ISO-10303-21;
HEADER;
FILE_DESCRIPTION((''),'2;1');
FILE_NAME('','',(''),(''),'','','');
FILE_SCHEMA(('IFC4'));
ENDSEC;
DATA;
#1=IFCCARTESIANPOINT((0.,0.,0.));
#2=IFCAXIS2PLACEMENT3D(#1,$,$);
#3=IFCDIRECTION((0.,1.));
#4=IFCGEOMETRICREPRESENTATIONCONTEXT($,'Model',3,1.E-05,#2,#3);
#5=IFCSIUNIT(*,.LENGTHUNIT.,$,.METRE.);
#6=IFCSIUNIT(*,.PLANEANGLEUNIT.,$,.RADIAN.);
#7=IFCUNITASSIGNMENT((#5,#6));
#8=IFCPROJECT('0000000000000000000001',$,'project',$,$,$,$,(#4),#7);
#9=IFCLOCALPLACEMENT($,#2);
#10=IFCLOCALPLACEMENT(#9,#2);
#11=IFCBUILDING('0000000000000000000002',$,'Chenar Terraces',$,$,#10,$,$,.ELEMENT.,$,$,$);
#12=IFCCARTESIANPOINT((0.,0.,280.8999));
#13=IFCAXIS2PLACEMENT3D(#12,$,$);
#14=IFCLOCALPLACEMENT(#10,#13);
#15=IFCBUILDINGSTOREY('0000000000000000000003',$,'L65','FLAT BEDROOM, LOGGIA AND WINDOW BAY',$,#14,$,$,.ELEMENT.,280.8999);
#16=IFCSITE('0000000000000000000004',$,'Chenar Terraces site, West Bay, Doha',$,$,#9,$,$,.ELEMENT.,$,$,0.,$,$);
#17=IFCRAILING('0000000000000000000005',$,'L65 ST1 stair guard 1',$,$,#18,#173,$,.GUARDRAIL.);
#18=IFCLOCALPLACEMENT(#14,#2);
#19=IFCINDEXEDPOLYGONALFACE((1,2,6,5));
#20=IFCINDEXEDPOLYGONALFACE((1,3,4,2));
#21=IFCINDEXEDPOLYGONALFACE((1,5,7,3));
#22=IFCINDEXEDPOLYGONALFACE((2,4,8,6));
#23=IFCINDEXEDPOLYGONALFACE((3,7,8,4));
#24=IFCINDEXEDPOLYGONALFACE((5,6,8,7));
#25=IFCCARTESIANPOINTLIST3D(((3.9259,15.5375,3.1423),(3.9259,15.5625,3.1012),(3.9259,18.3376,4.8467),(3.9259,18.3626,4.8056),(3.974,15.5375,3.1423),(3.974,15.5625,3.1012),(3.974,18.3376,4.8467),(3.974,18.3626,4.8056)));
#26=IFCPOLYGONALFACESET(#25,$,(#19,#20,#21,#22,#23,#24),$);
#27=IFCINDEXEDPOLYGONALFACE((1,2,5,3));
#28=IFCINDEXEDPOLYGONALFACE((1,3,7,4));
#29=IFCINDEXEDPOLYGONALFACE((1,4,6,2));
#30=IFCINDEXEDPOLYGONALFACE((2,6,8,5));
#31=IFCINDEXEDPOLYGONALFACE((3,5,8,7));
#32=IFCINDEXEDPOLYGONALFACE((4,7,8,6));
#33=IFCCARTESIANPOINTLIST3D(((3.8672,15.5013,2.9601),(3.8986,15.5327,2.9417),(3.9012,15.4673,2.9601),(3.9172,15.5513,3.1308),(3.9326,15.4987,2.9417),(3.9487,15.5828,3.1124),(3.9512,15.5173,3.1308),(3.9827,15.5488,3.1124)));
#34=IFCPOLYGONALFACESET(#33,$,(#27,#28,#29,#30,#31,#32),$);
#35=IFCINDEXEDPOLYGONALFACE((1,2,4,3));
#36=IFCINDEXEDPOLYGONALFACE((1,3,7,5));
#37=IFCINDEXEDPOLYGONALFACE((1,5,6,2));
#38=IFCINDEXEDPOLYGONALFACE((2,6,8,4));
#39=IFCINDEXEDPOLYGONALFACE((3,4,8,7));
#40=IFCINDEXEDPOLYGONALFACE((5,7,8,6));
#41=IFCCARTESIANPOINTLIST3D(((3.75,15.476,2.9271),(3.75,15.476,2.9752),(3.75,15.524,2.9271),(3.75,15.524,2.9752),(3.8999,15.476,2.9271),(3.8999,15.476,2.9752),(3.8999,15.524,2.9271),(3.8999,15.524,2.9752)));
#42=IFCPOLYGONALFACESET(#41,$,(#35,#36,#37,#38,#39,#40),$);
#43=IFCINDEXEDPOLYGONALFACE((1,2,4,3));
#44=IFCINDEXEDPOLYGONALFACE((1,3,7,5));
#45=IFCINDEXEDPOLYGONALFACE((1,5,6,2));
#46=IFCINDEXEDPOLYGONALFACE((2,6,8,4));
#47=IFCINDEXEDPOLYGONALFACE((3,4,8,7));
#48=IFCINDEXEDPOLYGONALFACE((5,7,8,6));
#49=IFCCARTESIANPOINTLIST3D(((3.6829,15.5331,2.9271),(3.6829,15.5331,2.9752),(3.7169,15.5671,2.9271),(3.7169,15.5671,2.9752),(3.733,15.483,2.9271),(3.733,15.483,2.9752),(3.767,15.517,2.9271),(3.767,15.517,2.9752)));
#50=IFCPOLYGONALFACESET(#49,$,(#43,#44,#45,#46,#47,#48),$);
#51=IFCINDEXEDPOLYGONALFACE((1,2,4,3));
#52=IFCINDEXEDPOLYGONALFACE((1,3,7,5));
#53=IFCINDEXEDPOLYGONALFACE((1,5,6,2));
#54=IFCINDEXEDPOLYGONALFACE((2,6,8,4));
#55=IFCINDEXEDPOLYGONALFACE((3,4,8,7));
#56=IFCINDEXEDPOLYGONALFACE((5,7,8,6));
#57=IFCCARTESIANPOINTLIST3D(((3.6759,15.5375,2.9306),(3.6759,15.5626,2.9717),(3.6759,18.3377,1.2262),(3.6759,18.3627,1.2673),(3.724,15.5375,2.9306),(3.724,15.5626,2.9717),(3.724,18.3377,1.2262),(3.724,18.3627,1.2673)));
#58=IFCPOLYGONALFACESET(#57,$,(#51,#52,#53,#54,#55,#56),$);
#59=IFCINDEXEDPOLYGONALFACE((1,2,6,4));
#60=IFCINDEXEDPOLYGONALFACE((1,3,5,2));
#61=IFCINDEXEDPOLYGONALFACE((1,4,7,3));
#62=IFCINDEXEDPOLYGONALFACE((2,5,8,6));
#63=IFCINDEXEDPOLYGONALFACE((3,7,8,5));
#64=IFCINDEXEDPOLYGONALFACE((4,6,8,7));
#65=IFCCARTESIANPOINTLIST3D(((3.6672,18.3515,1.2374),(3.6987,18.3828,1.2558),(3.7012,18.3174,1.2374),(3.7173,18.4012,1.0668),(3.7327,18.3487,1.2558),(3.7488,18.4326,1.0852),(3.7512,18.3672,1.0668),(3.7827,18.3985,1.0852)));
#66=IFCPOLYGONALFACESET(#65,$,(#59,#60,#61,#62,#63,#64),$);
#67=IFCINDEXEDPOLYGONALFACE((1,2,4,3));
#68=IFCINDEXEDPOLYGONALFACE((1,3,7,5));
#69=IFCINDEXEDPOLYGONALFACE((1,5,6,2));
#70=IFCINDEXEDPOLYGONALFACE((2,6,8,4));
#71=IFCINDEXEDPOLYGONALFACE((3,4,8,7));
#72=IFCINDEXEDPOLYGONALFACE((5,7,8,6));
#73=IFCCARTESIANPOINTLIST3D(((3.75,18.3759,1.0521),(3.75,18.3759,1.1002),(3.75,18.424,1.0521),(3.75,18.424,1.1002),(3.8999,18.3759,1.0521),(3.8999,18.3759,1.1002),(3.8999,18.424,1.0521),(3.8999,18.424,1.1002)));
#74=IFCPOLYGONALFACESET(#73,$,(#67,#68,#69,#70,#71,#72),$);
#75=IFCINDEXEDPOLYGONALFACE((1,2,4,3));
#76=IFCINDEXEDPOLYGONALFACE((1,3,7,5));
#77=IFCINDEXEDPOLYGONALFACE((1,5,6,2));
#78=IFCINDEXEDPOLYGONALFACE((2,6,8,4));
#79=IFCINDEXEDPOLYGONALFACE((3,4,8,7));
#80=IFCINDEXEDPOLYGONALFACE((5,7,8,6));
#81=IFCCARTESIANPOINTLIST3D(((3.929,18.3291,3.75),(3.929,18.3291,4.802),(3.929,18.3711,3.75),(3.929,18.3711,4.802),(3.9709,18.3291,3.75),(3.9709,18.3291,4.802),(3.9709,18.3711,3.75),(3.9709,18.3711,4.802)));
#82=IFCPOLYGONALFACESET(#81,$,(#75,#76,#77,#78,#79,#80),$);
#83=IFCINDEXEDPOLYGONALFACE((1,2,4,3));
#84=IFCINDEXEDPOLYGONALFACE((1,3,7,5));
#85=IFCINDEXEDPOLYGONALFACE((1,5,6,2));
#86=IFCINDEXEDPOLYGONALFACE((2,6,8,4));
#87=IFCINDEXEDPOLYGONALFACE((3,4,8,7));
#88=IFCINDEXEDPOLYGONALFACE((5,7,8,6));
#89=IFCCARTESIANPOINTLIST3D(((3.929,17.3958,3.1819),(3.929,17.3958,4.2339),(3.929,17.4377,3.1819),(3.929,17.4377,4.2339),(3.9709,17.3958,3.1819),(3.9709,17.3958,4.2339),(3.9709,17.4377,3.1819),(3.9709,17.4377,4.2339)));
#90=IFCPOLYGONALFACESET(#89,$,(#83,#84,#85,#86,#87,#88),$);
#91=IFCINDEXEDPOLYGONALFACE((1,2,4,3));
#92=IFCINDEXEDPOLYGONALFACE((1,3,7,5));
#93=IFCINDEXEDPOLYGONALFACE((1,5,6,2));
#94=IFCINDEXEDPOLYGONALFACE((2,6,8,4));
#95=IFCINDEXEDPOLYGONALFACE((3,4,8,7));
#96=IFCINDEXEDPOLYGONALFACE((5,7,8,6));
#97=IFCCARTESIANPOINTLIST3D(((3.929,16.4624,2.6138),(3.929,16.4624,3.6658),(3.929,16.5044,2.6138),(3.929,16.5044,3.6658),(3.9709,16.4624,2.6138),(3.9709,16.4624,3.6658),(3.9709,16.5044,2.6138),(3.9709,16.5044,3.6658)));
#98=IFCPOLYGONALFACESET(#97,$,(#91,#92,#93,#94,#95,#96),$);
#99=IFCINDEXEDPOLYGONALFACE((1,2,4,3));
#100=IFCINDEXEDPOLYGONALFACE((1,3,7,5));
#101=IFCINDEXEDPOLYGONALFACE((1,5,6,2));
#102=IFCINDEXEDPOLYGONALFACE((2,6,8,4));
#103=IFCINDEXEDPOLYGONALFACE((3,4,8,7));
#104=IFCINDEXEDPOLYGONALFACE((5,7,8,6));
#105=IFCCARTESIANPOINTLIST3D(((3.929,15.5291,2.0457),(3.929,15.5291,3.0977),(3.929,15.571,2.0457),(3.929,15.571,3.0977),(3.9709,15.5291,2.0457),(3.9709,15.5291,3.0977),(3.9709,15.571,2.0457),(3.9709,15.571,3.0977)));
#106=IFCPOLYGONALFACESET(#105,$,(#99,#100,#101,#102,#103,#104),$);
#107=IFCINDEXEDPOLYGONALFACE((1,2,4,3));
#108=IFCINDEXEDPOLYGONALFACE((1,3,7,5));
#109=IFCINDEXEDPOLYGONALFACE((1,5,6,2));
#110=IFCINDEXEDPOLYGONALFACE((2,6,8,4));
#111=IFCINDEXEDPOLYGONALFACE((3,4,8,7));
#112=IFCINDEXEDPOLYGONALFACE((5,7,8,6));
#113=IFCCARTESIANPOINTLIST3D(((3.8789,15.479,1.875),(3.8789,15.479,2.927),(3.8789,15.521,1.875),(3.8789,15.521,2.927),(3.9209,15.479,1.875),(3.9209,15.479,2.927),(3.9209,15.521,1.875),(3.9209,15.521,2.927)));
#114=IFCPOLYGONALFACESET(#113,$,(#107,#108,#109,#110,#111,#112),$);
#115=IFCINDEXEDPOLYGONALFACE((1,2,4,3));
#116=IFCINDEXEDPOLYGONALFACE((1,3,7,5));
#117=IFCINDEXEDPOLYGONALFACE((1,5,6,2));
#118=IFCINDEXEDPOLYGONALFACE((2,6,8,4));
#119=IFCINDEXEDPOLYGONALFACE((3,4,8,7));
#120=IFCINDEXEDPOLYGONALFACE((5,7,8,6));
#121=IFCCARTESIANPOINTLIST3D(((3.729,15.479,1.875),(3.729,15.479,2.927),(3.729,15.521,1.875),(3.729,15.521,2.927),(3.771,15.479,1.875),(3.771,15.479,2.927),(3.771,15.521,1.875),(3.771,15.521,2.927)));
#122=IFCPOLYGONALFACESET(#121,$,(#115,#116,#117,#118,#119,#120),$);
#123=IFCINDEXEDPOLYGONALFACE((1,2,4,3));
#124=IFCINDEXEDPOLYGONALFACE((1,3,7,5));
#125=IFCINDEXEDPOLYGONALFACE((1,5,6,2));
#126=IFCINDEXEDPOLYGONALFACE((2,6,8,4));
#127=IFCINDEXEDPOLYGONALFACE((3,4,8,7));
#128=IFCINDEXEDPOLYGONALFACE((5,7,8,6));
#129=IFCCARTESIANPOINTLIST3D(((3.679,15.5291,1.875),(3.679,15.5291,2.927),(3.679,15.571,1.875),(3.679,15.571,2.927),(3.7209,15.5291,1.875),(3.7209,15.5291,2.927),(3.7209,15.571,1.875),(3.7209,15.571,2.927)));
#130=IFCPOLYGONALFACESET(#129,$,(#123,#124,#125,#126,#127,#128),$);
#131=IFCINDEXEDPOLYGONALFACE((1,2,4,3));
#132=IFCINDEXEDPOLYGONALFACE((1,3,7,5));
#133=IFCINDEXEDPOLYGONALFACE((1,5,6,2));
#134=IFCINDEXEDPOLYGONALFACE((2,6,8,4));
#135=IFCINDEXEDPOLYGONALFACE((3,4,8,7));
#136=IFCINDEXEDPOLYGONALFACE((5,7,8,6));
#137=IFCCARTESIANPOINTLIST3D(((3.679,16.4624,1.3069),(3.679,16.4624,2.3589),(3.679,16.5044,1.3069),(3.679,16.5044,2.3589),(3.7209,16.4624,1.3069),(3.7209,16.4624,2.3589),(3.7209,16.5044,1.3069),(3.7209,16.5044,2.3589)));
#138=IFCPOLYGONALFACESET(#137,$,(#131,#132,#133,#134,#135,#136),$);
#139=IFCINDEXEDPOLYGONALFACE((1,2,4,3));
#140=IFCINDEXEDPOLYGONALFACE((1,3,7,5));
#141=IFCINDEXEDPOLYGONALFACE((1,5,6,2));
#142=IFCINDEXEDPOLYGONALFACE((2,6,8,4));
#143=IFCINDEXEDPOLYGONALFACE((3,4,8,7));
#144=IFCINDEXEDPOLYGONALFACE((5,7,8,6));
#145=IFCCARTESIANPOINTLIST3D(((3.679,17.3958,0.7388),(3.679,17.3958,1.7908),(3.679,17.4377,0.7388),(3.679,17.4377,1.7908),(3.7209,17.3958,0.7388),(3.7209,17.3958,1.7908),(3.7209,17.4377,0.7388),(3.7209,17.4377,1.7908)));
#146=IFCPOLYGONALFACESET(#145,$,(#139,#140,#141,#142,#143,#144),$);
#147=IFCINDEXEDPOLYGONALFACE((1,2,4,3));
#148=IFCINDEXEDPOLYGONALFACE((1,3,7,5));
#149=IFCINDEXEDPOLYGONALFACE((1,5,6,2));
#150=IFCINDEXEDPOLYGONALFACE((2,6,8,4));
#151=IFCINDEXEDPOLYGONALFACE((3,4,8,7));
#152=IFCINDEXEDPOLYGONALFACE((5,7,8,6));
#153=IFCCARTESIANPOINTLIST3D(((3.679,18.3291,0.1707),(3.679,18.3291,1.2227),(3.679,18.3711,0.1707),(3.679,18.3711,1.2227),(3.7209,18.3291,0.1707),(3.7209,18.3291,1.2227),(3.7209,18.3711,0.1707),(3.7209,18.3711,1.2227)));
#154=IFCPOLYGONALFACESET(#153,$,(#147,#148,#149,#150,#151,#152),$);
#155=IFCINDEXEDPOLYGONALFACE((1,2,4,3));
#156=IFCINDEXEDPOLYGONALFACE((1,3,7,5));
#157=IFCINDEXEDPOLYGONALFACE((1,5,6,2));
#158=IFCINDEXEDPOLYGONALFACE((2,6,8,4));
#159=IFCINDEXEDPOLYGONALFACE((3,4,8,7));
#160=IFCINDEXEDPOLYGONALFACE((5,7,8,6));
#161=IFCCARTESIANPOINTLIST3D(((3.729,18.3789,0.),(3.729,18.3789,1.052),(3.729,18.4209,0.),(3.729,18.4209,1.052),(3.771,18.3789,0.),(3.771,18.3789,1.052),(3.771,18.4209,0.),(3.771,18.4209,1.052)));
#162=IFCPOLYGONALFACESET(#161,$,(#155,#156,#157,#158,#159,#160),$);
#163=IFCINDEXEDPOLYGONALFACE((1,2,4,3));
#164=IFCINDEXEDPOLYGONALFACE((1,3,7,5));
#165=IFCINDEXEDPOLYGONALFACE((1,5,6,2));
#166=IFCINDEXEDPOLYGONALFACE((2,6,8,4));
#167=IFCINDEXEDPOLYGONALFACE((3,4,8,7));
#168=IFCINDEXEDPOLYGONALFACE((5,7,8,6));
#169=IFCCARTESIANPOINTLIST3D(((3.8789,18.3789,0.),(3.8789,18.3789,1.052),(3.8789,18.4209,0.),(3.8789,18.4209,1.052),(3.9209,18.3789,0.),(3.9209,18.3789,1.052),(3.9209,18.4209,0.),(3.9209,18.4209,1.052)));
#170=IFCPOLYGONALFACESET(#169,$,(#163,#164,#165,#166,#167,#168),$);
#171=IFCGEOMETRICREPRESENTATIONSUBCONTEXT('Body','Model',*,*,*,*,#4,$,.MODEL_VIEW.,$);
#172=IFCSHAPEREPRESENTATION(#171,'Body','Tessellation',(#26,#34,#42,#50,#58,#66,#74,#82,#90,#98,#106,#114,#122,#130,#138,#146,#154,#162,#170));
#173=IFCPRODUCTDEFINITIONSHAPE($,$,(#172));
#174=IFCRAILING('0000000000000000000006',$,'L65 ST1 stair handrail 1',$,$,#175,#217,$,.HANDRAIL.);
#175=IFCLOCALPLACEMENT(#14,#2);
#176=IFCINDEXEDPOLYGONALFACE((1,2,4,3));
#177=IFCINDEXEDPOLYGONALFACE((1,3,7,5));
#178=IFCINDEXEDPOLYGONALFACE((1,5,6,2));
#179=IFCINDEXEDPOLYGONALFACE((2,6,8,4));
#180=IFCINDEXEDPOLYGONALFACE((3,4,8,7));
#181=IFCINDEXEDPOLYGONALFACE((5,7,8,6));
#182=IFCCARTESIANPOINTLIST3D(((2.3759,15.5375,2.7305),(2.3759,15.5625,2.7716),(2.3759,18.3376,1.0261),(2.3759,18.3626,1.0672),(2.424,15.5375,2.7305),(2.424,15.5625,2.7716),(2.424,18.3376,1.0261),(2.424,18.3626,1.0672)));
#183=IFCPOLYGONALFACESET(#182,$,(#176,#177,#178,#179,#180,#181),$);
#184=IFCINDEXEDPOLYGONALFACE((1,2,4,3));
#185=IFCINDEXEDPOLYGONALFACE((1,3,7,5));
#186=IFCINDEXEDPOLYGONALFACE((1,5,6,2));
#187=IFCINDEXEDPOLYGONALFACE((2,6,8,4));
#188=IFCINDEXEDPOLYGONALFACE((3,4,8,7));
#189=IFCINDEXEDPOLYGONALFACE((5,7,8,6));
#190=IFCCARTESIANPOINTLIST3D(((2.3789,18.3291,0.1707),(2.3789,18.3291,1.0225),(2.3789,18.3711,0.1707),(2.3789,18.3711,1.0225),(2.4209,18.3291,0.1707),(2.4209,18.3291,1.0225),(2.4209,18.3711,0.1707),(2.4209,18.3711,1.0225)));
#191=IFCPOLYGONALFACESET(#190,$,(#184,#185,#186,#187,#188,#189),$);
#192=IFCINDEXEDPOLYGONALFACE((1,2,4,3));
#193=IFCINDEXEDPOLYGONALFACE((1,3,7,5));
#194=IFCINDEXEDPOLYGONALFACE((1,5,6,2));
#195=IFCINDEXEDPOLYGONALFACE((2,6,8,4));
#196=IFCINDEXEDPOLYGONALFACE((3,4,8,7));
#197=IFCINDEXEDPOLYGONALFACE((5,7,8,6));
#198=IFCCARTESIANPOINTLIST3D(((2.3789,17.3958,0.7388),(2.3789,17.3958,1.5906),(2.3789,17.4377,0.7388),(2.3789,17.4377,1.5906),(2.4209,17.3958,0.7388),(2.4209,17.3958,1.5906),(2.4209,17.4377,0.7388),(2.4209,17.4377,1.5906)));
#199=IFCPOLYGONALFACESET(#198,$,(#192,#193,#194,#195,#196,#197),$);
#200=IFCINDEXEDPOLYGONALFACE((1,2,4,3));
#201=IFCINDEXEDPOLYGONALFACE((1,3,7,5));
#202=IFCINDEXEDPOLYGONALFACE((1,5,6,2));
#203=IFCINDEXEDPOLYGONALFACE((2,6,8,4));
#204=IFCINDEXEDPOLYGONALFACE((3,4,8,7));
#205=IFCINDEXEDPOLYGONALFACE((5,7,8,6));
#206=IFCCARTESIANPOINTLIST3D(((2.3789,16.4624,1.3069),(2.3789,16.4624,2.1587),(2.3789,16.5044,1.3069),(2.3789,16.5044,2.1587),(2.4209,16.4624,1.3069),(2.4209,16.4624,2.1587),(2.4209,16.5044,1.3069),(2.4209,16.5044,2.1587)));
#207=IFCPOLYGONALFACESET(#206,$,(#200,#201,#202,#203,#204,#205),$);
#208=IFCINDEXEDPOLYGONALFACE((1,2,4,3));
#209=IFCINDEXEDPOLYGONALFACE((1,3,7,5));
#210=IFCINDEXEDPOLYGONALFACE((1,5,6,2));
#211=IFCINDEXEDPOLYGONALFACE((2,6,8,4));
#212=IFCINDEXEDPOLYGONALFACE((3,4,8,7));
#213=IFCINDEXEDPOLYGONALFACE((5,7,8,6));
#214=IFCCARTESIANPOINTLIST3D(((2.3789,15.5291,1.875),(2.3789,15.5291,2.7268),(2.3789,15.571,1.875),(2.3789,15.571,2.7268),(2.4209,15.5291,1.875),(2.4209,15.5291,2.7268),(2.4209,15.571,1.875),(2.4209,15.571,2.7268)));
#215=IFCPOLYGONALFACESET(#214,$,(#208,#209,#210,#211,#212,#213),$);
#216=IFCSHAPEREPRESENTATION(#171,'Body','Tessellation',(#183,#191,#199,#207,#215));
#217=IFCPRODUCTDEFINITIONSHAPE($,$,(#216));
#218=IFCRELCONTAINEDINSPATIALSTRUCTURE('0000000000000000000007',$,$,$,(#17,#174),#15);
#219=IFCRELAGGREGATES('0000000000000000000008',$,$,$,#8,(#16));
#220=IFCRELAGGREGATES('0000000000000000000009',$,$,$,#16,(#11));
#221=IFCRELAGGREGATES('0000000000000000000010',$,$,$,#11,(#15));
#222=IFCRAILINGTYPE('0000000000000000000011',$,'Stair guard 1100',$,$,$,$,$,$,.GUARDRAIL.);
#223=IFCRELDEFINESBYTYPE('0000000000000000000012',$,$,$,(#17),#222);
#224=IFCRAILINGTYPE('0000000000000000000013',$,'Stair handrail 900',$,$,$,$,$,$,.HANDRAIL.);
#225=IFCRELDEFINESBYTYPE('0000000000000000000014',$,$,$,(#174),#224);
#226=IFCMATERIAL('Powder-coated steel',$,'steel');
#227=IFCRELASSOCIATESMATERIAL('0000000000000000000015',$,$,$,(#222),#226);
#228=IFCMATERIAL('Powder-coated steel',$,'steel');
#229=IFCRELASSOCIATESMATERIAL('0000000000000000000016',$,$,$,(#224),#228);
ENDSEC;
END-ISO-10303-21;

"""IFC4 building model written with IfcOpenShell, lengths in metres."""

from ifc_helpers import new_model, si_unit, direction, frame, origin, origin_2d, place, context, subcontext, project, spatial, rectangle, extrude, material, type_object, element, save


model = new_model("IFC4")

# Units and contexts
model_context = context("Model", 3, precision=1e-05, world=origin(), true_north=direction((0.0, 1.0)))
body_context = subcontext(model_context, "Body", "Model", "MODEL_VIEW")
ifc_project = project(units=[si_unit("LENGTHUNIT", "METRE"), si_unit("PLANEANGLEUNIT", "RADIAN")], contexts=[model_context])

# Site, building, storey
site_placement = place(None, origin())
site = spatial("IfcSite", under=ifc_project, at=site_placement, Name="Chenar Terraces site, West Bay, Doha", CompositionType="ELEMENT", RefElevation=0.0)
building_placement = place(site_placement, origin())
building = spatial("IfcBuilding", under=site, at=building_placement, Name="Chenar Terraces", CompositionType="ELEMENT")
storey_placement = place(building_placement, frame((0.0, 0.0, 280.8999)))
storey = spatial("IfcBuildingStorey", under=building, at=storey_placement, Name="L65", Description="FLAT BEDROOM, LOGGIA AND WINDOW BAY", CompositionType="ELEMENT", Elevation=280.8999)

# Railings
ifc_material_1 = material(Name="Powder-coated steel", Category="steel")
railing_type_1 = type_object("IfcRailingType", Name="Stair guard 1100", PredefinedType="GUARDRAIL", material=ifc_material_1)
railing_1_placement = place(storey_placement, frame((3.95, 18.3501, 3.75)))
element("IfcRailing", 1, at=railing_1_placement, inside=storey, type_object=railing_type_1, Name="L65 ST1 stair guard 1", PredefinedType="GUARDRAIL", context=body_context, shape_type="SweptSolid", body=[
    extrude(rectangle(XDim=0.0481, YDim=0.0481, at=origin_2d()), frame((0.0, 0.0, 1.0762), z_axis=(0.0, -0.854203, -0.51994), x_axis=(1.0, 0.0, 0.0)), (0.0, 0.0, 1.0), 3.2781),
    extrude(rectangle(XDim=0.0481, YDim=0.0481, at=origin_2d()), frame((0.0, -2.8, -0.6284), z_axis=(-0.2709, -0.2709, -0.923703), x_axis=(0.707107, -0.707107, 0.0)), (0.0, 0.0, 1.0), 0.1848),
    extrude(rectangle(XDim=0.0481, YDim=0.0481, at=origin_2d()), frame((-0.05, -2.8501, -0.7988), z_axis=(-1.0, 0.0, 0.0), x_axis=(0.0, -1.0, 0.0)), (0.0, 0.0, 1.0), 0.1499),
    extrude(rectangle(XDim=0.0481, YDim=0.0481, at=origin_2d()), frame((-0.2, -2.8501, -0.7988), z_axis=(-0.707107, 0.707107, 0.0), x_axis=(-0.707107, -0.707107, 0.0)), (0.0, 0.0, 1.0), 0.0708),
    extrude(rectangle(XDim=0.0481, YDim=0.0481, at=origin_2d()), frame((-0.25, -2.8, -0.7988), z_axis=(0.0, 0.854203, -0.51994), x_axis=(-1.0, 0.0, 0.0)), (0.0, 0.0, 1.0), 3.2781),
    extrude(rectangle(XDim=0.0481, YDim=0.0481, at=origin_2d()), frame((-0.25, 0.0, -2.5034), z_axis=(0.270997, 0.269675, -0.924033), x_axis=(-0.705376, 0.708834, 0.0)), (0.0, 0.0, 1.0), 0.1846),
    extrude(rectangle(XDim=0.0481, YDim=0.0481, at=origin_2d()), frame((-0.2, 0.0498, -2.6738), z_axis=(1.0, 0.0, 0.0), x_axis=(0.0, 1.0, 0.0)), (0.0, 0.0, 1.0), 0.1499),
    extrude(rectangle(XDim=0.042, YDim=0.042, at=origin_2d()), origin(), (0.0, 0.0, 1.0), 1.052),
    extrude(rectangle(XDim=0.042, YDim=0.042, at=origin_2d()), frame((0.0, -0.9333, -0.5681)), (0.0, 0.0, 1.0), 1.052),
    extrude(rectangle(XDim=0.042, YDim=0.042, at=origin_2d()), frame((0.0, -1.8667, -1.1362)), (0.0, 0.0, 1.0), 1.052),
    extrude(rectangle(XDim=0.042, YDim=0.042, at=origin_2d()), frame((0.0, -2.8, -1.7043)), (0.0, 0.0, 1.0), 1.052),
    extrude(rectangle(XDim=0.042, YDim=0.042, at=origin_2d()), frame((-0.05, -2.8501, -1.875)), (0.0, 0.0, 1.0), 1.052),
    extrude(rectangle(XDim=0.042, YDim=0.042, at=origin_2d()), frame((-0.2, -2.8501, -1.875)), (0.0, 0.0, 1.0), 1.052),
    extrude(rectangle(XDim=0.042, YDim=0.042, at=origin_2d()), frame((-0.25, -2.8, -1.875)), (0.0, 0.0, 1.0), 1.052),
    extrude(rectangle(XDim=0.042, YDim=0.042, at=origin_2d()), frame((-0.25, -1.8667, -2.4431)), (0.0, 0.0, 1.0), 1.052),
    extrude(rectangle(XDim=0.042, YDim=0.042, at=origin_2d()), frame((-0.25, -0.9333, -3.0112)), (0.0, 0.0, 1.0), 1.052),
    extrude(rectangle(XDim=0.042, YDim=0.042, at=origin_2d()), frame((-0.25, 0.0, -3.5793)), (0.0, 0.0, 1.0), 1.052),
    extrude(rectangle(XDim=0.042, YDim=0.042, at=origin_2d()), frame((-0.2, 0.0498, -3.75)), (0.0, 0.0, 1.0), 1.052),
    extrude(rectangle(XDim=0.042, YDim=0.042, at=origin_2d()), frame((-0.05, 0.0498, -3.75)), (0.0, 0.0, 1.0), 1.052),
])
ifc_material_2 = material(Name="Powder-coated steel", Category="steel")
railing_type_2 = type_object("IfcRailingType", Name="Stair handrail 900", PredefinedType="HANDRAIL", material=ifc_material_2)
railing_2_placement = place(storey_placement, frame((2.3999, 18.3501, 0.1707)))
element("IfcRailing", 2, at=railing_2_placement, inside=storey, type_object=railing_type_2, Name="L65 ST1 stair handrail 1", PredefinedType="HANDRAIL", context=body_context, shape_type="SweptSolid", body=[
    extrude(rectangle(XDim=0.0481, YDim=0.0481, at=origin_2d()), frame((0.0, 0.0, 0.876), z_axis=(0.0, -0.854203, 0.51994), x_axis=(1.0, 0.0, 0.0)), (0.0, 0.0, 1.0), 3.2781),
    extrude(rectangle(XDim=0.042, YDim=0.042, at=origin_2d()), origin(), (0.0, 0.0, 1.0), 0.8518),
    extrude(rectangle(XDim=0.042, YDim=0.042, at=origin_2d()), frame((0.0, -0.9333, 0.5681)), (0.0, 0.0, 1.0), 0.8518),
    extrude(rectangle(XDim=0.042, YDim=0.042, at=origin_2d()), frame((0.0, -1.8667, 1.1362)), (0.0, 0.0, 1.0), 0.8518),
    extrude(rectangle(XDim=0.042, YDim=0.042, at=origin_2d()), frame((0.0, -2.8, 1.7043)), (0.0, 0.0, 1.0), 0.8518),
])

save(model, "model.ifc")
